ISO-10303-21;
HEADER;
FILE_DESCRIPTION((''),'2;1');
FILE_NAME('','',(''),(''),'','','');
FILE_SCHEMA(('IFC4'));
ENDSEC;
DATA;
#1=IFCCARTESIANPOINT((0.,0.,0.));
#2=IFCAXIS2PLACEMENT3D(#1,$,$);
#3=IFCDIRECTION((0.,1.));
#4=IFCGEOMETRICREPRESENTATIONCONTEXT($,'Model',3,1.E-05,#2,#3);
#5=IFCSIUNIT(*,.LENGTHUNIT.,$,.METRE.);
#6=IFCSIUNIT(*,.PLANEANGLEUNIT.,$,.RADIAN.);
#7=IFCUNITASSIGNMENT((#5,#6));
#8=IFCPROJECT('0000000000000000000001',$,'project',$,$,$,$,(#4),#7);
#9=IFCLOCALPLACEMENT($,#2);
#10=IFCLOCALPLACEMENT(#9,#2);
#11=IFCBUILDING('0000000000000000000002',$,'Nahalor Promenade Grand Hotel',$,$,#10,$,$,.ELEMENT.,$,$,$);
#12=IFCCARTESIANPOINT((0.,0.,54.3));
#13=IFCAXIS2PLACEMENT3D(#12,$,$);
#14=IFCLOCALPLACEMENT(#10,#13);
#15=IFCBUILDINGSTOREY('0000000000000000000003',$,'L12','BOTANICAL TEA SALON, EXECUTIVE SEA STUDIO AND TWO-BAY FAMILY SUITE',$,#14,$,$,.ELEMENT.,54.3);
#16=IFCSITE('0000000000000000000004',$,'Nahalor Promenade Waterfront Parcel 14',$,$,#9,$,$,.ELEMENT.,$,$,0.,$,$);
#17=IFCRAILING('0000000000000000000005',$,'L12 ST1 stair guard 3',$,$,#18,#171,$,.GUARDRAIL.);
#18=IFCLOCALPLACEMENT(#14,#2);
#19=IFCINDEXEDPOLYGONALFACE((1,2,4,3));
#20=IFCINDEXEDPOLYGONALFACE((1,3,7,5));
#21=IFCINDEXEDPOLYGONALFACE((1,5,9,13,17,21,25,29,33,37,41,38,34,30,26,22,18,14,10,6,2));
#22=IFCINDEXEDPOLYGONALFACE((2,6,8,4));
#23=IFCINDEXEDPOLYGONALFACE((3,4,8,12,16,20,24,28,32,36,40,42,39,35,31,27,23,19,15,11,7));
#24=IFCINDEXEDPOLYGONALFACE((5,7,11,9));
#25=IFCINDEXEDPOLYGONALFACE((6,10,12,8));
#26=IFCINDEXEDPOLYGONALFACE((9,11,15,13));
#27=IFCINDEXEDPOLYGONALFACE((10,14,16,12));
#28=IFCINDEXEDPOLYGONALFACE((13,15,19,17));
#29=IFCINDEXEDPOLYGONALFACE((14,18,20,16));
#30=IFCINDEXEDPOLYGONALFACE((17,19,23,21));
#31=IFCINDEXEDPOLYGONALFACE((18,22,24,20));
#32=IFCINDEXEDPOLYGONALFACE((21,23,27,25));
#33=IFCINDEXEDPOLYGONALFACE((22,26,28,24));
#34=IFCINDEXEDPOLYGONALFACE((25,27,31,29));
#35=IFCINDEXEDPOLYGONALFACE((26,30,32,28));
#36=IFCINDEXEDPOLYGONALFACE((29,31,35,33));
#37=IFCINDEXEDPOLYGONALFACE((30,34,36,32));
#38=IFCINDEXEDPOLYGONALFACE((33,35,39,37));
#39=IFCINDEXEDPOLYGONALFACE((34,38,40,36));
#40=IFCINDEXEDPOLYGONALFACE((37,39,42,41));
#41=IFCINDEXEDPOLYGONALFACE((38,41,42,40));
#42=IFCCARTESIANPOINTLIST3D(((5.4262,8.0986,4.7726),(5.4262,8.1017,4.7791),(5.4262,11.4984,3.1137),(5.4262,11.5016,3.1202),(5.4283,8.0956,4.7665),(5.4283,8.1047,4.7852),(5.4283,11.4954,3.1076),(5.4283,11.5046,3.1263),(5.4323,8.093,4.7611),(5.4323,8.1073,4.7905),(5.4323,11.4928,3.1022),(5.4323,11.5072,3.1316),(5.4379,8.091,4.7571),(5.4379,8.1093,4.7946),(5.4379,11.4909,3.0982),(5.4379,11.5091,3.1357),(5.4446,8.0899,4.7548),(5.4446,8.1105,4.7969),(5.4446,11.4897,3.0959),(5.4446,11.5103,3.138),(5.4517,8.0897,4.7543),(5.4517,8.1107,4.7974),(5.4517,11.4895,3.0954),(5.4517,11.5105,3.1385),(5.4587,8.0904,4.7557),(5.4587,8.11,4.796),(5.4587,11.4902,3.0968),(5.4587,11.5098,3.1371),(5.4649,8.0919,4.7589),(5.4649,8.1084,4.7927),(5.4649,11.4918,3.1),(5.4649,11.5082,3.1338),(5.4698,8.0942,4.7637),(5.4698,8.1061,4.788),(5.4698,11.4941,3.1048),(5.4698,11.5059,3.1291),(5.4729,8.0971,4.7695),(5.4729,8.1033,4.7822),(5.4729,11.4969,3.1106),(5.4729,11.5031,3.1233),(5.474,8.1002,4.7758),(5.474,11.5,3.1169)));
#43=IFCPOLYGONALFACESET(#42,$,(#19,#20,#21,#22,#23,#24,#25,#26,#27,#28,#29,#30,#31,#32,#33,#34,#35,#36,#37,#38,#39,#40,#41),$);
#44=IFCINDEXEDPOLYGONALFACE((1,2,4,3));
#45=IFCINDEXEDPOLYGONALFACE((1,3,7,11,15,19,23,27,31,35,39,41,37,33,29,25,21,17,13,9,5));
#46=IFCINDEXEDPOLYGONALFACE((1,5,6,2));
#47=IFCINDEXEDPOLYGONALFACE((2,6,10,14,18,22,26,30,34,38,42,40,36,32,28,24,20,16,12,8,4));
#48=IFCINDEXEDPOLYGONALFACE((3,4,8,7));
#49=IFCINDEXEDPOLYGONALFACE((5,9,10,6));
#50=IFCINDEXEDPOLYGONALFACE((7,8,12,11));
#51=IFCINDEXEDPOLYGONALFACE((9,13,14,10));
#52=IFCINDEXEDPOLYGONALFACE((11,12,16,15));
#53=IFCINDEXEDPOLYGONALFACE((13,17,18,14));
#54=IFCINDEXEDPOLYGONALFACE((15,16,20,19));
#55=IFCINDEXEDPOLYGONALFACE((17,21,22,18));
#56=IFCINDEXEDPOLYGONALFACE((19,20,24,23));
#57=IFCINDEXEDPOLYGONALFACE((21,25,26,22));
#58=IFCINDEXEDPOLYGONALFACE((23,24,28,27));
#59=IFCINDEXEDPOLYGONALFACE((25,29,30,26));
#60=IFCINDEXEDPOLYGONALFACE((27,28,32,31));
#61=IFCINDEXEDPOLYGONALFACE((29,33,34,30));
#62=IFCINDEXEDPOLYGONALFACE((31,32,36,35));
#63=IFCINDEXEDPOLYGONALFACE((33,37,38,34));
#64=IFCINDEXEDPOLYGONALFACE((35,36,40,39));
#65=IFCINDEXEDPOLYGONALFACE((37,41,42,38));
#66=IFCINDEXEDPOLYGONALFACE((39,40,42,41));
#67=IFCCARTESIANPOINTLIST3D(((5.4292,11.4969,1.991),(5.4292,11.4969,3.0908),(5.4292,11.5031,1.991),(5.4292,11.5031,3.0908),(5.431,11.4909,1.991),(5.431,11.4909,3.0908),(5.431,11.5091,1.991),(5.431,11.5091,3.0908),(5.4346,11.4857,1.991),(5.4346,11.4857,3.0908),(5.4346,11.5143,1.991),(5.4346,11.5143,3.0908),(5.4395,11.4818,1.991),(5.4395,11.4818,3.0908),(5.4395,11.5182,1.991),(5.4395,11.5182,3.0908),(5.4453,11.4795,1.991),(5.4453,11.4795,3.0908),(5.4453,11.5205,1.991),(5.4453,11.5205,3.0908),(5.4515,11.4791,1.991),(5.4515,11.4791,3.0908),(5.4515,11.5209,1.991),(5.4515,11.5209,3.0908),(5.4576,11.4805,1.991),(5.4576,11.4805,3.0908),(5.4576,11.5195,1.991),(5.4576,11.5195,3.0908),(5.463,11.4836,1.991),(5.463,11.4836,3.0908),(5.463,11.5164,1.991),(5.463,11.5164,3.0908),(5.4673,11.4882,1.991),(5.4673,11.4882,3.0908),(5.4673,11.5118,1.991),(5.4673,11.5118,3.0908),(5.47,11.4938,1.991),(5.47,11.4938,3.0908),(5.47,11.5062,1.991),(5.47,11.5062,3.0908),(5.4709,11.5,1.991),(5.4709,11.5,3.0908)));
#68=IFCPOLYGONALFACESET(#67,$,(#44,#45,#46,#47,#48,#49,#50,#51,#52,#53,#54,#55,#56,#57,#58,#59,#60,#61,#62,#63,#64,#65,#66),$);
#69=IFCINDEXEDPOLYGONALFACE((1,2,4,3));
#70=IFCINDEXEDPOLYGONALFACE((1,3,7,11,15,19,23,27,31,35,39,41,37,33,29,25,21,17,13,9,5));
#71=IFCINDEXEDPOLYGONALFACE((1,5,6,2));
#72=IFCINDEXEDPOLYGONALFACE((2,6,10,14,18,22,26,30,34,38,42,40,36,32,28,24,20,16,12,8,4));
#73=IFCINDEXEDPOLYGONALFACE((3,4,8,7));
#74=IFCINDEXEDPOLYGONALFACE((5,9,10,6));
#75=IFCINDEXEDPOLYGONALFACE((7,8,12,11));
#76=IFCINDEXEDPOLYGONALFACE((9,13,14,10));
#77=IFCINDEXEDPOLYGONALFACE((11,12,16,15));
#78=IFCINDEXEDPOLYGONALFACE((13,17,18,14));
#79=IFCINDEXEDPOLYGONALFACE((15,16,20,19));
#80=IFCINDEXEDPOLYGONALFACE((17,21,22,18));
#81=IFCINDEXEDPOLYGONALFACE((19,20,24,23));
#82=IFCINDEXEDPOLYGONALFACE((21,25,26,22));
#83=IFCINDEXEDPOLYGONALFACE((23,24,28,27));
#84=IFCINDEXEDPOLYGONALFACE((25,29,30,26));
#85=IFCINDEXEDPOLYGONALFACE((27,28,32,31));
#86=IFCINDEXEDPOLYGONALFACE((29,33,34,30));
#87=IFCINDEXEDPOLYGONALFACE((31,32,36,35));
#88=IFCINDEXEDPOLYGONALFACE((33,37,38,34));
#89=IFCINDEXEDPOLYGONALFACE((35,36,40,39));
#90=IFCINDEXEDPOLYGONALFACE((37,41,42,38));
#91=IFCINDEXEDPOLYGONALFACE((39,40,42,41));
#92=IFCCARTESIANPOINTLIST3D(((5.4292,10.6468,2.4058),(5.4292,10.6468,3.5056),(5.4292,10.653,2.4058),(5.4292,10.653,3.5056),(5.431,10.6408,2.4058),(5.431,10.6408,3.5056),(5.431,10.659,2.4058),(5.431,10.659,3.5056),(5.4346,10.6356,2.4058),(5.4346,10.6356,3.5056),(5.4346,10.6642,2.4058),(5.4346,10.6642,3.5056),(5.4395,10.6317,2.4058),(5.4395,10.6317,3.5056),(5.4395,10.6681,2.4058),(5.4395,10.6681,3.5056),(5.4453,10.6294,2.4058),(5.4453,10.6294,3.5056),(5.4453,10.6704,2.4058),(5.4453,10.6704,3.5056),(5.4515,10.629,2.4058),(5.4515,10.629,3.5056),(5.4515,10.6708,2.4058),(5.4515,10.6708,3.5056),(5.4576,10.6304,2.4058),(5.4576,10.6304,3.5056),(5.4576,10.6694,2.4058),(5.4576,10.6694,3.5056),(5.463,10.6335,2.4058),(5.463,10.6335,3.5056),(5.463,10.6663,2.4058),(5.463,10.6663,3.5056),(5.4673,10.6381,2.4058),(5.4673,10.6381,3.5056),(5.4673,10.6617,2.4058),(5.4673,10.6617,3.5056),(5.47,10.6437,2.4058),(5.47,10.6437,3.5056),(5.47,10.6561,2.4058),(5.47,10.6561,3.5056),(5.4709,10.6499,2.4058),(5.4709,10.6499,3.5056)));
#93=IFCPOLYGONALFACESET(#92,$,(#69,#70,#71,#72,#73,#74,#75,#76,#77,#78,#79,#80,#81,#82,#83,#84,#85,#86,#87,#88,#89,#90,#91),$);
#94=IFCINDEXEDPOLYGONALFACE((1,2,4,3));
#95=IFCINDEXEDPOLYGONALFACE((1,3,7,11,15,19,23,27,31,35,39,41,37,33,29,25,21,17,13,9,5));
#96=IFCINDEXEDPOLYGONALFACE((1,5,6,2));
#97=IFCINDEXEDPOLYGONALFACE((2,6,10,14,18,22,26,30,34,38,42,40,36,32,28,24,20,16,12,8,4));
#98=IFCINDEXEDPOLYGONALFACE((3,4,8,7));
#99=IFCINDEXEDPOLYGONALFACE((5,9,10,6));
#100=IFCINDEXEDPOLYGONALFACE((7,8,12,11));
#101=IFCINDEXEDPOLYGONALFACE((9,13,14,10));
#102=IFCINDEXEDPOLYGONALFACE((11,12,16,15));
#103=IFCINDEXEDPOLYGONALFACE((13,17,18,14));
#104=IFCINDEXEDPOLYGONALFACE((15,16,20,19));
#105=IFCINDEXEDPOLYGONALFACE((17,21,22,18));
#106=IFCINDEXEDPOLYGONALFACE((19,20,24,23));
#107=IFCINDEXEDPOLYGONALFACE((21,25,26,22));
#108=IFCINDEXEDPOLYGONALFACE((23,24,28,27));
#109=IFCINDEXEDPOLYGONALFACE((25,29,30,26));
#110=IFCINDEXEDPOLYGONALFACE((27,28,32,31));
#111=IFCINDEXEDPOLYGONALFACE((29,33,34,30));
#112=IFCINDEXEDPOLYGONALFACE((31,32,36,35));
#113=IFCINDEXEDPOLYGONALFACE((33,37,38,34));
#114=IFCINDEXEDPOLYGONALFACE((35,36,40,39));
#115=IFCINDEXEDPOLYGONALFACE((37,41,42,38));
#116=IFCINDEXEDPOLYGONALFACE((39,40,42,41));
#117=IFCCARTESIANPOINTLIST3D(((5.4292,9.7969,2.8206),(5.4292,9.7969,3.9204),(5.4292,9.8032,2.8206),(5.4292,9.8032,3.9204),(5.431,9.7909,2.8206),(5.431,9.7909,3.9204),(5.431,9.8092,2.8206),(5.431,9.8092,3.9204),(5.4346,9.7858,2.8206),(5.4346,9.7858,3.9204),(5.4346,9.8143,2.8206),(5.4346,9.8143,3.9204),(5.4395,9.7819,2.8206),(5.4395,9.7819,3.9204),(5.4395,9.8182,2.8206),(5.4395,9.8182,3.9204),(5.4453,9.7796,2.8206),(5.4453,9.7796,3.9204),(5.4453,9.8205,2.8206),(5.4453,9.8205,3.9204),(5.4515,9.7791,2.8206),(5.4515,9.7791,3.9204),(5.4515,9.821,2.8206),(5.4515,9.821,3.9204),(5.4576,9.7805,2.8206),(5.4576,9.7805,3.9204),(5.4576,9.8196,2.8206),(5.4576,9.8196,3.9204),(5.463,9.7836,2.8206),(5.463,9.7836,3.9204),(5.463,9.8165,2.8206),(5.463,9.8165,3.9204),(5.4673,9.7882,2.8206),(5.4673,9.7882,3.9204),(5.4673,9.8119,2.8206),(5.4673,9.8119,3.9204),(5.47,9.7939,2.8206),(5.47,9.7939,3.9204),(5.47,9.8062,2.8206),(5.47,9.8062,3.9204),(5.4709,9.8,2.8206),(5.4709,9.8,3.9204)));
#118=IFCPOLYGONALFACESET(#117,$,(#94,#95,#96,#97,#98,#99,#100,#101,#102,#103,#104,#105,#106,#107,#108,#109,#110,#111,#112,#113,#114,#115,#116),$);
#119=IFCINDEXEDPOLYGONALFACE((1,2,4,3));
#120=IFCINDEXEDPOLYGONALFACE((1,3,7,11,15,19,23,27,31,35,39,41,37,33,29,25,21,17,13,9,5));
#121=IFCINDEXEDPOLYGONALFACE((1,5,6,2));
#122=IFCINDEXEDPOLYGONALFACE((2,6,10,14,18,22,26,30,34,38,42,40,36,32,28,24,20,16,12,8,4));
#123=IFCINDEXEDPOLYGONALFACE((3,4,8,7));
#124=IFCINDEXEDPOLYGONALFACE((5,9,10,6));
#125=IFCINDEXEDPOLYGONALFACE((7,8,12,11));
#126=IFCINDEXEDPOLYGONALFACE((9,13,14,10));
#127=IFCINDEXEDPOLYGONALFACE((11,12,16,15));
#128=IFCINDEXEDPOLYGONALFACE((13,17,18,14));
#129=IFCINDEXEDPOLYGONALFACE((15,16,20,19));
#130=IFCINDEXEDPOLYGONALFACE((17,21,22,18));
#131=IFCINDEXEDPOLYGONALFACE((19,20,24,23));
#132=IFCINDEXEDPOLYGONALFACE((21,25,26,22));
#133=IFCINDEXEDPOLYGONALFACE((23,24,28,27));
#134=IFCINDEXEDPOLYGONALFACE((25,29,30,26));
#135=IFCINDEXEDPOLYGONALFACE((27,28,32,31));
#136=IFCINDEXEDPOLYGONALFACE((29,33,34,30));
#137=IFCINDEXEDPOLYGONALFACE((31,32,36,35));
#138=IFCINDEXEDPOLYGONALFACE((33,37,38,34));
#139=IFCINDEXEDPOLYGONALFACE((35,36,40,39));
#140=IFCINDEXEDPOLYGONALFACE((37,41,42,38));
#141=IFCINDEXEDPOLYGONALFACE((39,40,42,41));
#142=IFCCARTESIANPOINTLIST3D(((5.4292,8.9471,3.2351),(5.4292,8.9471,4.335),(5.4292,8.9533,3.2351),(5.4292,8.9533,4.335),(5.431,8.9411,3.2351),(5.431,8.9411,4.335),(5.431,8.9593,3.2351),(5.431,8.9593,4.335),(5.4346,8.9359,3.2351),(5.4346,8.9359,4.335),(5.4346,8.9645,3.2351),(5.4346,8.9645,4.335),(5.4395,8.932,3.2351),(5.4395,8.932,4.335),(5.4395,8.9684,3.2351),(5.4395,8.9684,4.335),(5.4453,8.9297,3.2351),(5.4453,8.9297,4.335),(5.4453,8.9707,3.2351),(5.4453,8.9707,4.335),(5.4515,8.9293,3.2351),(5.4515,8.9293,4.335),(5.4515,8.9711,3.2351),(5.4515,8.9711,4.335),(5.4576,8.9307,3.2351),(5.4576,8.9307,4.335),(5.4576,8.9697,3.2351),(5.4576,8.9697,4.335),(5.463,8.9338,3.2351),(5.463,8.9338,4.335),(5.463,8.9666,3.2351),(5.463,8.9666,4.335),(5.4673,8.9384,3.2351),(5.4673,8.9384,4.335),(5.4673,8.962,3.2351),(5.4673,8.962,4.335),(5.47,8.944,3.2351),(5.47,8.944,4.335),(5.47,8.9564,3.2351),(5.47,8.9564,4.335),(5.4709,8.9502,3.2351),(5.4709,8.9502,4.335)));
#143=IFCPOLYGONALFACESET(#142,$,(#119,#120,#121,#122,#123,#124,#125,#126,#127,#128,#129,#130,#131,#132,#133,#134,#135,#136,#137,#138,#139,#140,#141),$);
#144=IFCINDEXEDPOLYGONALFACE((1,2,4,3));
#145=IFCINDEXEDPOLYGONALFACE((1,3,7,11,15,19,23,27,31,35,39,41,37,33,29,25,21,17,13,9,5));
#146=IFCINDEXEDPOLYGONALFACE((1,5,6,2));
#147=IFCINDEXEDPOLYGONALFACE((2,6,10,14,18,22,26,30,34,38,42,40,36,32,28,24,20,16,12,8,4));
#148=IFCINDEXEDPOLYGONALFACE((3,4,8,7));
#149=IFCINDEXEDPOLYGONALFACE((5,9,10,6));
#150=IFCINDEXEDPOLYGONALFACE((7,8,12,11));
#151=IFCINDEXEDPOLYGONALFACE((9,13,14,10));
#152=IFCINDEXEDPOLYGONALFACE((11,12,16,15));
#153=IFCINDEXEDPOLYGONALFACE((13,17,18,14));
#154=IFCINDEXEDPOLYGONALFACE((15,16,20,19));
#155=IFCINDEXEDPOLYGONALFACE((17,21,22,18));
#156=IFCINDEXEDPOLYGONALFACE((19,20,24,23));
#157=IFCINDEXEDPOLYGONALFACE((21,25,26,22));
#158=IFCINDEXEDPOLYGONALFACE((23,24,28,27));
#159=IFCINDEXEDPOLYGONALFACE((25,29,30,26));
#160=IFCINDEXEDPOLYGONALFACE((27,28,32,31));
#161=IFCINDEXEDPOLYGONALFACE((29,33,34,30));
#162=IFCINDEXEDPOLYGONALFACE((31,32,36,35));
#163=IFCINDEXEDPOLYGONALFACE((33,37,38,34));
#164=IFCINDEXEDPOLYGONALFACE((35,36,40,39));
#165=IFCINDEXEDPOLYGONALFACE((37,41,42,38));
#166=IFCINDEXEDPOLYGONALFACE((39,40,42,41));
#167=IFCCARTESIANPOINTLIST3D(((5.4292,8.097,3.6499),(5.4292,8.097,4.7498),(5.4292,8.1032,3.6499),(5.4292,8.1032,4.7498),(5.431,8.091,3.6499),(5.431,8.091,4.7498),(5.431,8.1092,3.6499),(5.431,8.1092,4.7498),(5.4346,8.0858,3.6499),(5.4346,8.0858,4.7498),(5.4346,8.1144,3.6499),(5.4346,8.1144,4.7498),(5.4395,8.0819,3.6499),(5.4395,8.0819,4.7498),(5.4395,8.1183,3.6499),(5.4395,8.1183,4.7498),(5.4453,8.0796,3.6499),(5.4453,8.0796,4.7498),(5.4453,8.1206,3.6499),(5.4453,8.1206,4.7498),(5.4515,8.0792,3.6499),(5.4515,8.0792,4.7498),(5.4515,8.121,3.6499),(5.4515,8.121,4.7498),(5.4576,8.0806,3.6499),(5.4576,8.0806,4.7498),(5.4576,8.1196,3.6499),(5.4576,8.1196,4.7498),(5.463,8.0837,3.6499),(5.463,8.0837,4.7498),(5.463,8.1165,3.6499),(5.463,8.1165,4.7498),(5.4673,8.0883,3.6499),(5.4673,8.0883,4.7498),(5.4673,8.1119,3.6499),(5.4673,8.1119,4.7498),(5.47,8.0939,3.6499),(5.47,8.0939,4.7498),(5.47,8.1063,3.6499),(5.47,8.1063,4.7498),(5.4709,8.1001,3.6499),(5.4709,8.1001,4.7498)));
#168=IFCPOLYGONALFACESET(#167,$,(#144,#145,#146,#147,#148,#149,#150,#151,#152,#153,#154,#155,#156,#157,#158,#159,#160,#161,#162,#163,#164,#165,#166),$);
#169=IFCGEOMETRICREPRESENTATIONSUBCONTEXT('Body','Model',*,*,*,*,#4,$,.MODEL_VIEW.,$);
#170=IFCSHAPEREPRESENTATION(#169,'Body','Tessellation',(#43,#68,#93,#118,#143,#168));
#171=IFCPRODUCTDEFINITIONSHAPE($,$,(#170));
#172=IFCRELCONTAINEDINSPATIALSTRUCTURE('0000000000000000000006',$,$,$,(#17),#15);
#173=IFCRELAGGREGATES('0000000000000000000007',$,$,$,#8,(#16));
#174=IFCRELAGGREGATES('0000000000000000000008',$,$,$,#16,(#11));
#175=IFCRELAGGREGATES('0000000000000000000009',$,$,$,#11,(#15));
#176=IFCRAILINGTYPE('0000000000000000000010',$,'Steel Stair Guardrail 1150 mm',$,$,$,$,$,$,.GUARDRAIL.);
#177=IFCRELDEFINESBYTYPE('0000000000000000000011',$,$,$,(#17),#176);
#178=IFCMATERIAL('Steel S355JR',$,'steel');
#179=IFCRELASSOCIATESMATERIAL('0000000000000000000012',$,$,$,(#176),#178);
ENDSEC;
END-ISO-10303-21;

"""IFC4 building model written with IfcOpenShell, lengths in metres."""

from ifc_helpers import new_model, si_unit, direction, frame, origin, origin_2d, place, context, subcontext, project, spatial, circle, extrude, material, type_object, element, save


model = new_model("IFC4")

# Units and contexts
model_context = context("Model", 3, precision=1e-05, world=origin(), true_north=direction((0.0, 1.0)))
body_context = subcontext(model_context, "Body", "Model", "MODEL_VIEW")
ifc_project = project(units=[si_unit("LENGTHUNIT", "METRE"), si_unit("PLANEANGLEUNIT", "RADIAN")], contexts=[model_context])

# Site, building, storey
site_placement = place(None, origin())
site = spatial("IfcSite", under=ifc_project, at=site_placement, Name="Nahalor Promenade Waterfront Parcel 14", CompositionType="ELEMENT", RefElevation=0.0)
building_placement = place(site_placement, origin())
building = spatial("IfcBuilding", under=site, at=building_placement, Name="Nahalor Promenade Grand Hotel", CompositionType="ELEMENT")
storey_placement = place(building_placement, frame((0.0, 0.0, 54.3)))
storey = spatial("IfcBuildingStorey", under=building, at=storey_placement, Name="L12", Description="BOTANICAL TEA SALON, EXECUTIVE SEA STUDIO AND TWO-BAY FAMILY SUITE", CompositionType="ELEMENT", Elevation=54.3)

# Shared definitions
ifc_material_1 = material(Name="Steel S355JR", Category="steel")

# Railing
railing_type = type_object("IfcRailingType", Name="Steel Stair Guardrail 1150 mm", PredefinedType="GUARDRAIL", material=ifc_material_1)
railing_1_placement = place(storey_placement, frame((5.45, 11.5, 1.991)))
element("IfcRailing", 1, at=railing_1_placement, inside=storey, type_object=railing_type, Name="L12 ST1 stair guard 3", PredefinedType="GUARDRAIL", context=body_context, shape_type="SweptSolid", body=[
    extrude(circle(Radius=0.024, at=origin_2d()), frame((0.0, 0.0, 1.126), z_axis=(0.0, -0.898722, 0.438519), x_axis=(1.0, 0.0, 0.0)), (0.0, 0.0, 1.0), 3.783),
    extrude(circle(Radius=0.021, at=origin_2d()), origin(), (0.0, 0.0, 1.0), 1.0999),
    extrude(circle(Radius=0.021, at=origin_2d()), frame((0.0, -0.8501, 0.4148)), (0.0, 0.0, 1.0), 1.0999),
    extrude(circle(Radius=0.021, at=origin_2d()), frame((0.0, -1.7, 0.8296)), (0.0, 0.0, 1.0), 1.0999),
    extrude(circle(Radius=0.021, at=origin_2d()), frame((0.0, -2.5498, 1.2441)), (0.0, 0.0, 1.0), 1.0999),
    extrude(circle(Radius=0.021, at=origin_2d()), frame((0.0, -3.3999, 1.6589)), (0.0, 0.0, 1.0), 1.0999),
])

save(model, "model.ifc")
